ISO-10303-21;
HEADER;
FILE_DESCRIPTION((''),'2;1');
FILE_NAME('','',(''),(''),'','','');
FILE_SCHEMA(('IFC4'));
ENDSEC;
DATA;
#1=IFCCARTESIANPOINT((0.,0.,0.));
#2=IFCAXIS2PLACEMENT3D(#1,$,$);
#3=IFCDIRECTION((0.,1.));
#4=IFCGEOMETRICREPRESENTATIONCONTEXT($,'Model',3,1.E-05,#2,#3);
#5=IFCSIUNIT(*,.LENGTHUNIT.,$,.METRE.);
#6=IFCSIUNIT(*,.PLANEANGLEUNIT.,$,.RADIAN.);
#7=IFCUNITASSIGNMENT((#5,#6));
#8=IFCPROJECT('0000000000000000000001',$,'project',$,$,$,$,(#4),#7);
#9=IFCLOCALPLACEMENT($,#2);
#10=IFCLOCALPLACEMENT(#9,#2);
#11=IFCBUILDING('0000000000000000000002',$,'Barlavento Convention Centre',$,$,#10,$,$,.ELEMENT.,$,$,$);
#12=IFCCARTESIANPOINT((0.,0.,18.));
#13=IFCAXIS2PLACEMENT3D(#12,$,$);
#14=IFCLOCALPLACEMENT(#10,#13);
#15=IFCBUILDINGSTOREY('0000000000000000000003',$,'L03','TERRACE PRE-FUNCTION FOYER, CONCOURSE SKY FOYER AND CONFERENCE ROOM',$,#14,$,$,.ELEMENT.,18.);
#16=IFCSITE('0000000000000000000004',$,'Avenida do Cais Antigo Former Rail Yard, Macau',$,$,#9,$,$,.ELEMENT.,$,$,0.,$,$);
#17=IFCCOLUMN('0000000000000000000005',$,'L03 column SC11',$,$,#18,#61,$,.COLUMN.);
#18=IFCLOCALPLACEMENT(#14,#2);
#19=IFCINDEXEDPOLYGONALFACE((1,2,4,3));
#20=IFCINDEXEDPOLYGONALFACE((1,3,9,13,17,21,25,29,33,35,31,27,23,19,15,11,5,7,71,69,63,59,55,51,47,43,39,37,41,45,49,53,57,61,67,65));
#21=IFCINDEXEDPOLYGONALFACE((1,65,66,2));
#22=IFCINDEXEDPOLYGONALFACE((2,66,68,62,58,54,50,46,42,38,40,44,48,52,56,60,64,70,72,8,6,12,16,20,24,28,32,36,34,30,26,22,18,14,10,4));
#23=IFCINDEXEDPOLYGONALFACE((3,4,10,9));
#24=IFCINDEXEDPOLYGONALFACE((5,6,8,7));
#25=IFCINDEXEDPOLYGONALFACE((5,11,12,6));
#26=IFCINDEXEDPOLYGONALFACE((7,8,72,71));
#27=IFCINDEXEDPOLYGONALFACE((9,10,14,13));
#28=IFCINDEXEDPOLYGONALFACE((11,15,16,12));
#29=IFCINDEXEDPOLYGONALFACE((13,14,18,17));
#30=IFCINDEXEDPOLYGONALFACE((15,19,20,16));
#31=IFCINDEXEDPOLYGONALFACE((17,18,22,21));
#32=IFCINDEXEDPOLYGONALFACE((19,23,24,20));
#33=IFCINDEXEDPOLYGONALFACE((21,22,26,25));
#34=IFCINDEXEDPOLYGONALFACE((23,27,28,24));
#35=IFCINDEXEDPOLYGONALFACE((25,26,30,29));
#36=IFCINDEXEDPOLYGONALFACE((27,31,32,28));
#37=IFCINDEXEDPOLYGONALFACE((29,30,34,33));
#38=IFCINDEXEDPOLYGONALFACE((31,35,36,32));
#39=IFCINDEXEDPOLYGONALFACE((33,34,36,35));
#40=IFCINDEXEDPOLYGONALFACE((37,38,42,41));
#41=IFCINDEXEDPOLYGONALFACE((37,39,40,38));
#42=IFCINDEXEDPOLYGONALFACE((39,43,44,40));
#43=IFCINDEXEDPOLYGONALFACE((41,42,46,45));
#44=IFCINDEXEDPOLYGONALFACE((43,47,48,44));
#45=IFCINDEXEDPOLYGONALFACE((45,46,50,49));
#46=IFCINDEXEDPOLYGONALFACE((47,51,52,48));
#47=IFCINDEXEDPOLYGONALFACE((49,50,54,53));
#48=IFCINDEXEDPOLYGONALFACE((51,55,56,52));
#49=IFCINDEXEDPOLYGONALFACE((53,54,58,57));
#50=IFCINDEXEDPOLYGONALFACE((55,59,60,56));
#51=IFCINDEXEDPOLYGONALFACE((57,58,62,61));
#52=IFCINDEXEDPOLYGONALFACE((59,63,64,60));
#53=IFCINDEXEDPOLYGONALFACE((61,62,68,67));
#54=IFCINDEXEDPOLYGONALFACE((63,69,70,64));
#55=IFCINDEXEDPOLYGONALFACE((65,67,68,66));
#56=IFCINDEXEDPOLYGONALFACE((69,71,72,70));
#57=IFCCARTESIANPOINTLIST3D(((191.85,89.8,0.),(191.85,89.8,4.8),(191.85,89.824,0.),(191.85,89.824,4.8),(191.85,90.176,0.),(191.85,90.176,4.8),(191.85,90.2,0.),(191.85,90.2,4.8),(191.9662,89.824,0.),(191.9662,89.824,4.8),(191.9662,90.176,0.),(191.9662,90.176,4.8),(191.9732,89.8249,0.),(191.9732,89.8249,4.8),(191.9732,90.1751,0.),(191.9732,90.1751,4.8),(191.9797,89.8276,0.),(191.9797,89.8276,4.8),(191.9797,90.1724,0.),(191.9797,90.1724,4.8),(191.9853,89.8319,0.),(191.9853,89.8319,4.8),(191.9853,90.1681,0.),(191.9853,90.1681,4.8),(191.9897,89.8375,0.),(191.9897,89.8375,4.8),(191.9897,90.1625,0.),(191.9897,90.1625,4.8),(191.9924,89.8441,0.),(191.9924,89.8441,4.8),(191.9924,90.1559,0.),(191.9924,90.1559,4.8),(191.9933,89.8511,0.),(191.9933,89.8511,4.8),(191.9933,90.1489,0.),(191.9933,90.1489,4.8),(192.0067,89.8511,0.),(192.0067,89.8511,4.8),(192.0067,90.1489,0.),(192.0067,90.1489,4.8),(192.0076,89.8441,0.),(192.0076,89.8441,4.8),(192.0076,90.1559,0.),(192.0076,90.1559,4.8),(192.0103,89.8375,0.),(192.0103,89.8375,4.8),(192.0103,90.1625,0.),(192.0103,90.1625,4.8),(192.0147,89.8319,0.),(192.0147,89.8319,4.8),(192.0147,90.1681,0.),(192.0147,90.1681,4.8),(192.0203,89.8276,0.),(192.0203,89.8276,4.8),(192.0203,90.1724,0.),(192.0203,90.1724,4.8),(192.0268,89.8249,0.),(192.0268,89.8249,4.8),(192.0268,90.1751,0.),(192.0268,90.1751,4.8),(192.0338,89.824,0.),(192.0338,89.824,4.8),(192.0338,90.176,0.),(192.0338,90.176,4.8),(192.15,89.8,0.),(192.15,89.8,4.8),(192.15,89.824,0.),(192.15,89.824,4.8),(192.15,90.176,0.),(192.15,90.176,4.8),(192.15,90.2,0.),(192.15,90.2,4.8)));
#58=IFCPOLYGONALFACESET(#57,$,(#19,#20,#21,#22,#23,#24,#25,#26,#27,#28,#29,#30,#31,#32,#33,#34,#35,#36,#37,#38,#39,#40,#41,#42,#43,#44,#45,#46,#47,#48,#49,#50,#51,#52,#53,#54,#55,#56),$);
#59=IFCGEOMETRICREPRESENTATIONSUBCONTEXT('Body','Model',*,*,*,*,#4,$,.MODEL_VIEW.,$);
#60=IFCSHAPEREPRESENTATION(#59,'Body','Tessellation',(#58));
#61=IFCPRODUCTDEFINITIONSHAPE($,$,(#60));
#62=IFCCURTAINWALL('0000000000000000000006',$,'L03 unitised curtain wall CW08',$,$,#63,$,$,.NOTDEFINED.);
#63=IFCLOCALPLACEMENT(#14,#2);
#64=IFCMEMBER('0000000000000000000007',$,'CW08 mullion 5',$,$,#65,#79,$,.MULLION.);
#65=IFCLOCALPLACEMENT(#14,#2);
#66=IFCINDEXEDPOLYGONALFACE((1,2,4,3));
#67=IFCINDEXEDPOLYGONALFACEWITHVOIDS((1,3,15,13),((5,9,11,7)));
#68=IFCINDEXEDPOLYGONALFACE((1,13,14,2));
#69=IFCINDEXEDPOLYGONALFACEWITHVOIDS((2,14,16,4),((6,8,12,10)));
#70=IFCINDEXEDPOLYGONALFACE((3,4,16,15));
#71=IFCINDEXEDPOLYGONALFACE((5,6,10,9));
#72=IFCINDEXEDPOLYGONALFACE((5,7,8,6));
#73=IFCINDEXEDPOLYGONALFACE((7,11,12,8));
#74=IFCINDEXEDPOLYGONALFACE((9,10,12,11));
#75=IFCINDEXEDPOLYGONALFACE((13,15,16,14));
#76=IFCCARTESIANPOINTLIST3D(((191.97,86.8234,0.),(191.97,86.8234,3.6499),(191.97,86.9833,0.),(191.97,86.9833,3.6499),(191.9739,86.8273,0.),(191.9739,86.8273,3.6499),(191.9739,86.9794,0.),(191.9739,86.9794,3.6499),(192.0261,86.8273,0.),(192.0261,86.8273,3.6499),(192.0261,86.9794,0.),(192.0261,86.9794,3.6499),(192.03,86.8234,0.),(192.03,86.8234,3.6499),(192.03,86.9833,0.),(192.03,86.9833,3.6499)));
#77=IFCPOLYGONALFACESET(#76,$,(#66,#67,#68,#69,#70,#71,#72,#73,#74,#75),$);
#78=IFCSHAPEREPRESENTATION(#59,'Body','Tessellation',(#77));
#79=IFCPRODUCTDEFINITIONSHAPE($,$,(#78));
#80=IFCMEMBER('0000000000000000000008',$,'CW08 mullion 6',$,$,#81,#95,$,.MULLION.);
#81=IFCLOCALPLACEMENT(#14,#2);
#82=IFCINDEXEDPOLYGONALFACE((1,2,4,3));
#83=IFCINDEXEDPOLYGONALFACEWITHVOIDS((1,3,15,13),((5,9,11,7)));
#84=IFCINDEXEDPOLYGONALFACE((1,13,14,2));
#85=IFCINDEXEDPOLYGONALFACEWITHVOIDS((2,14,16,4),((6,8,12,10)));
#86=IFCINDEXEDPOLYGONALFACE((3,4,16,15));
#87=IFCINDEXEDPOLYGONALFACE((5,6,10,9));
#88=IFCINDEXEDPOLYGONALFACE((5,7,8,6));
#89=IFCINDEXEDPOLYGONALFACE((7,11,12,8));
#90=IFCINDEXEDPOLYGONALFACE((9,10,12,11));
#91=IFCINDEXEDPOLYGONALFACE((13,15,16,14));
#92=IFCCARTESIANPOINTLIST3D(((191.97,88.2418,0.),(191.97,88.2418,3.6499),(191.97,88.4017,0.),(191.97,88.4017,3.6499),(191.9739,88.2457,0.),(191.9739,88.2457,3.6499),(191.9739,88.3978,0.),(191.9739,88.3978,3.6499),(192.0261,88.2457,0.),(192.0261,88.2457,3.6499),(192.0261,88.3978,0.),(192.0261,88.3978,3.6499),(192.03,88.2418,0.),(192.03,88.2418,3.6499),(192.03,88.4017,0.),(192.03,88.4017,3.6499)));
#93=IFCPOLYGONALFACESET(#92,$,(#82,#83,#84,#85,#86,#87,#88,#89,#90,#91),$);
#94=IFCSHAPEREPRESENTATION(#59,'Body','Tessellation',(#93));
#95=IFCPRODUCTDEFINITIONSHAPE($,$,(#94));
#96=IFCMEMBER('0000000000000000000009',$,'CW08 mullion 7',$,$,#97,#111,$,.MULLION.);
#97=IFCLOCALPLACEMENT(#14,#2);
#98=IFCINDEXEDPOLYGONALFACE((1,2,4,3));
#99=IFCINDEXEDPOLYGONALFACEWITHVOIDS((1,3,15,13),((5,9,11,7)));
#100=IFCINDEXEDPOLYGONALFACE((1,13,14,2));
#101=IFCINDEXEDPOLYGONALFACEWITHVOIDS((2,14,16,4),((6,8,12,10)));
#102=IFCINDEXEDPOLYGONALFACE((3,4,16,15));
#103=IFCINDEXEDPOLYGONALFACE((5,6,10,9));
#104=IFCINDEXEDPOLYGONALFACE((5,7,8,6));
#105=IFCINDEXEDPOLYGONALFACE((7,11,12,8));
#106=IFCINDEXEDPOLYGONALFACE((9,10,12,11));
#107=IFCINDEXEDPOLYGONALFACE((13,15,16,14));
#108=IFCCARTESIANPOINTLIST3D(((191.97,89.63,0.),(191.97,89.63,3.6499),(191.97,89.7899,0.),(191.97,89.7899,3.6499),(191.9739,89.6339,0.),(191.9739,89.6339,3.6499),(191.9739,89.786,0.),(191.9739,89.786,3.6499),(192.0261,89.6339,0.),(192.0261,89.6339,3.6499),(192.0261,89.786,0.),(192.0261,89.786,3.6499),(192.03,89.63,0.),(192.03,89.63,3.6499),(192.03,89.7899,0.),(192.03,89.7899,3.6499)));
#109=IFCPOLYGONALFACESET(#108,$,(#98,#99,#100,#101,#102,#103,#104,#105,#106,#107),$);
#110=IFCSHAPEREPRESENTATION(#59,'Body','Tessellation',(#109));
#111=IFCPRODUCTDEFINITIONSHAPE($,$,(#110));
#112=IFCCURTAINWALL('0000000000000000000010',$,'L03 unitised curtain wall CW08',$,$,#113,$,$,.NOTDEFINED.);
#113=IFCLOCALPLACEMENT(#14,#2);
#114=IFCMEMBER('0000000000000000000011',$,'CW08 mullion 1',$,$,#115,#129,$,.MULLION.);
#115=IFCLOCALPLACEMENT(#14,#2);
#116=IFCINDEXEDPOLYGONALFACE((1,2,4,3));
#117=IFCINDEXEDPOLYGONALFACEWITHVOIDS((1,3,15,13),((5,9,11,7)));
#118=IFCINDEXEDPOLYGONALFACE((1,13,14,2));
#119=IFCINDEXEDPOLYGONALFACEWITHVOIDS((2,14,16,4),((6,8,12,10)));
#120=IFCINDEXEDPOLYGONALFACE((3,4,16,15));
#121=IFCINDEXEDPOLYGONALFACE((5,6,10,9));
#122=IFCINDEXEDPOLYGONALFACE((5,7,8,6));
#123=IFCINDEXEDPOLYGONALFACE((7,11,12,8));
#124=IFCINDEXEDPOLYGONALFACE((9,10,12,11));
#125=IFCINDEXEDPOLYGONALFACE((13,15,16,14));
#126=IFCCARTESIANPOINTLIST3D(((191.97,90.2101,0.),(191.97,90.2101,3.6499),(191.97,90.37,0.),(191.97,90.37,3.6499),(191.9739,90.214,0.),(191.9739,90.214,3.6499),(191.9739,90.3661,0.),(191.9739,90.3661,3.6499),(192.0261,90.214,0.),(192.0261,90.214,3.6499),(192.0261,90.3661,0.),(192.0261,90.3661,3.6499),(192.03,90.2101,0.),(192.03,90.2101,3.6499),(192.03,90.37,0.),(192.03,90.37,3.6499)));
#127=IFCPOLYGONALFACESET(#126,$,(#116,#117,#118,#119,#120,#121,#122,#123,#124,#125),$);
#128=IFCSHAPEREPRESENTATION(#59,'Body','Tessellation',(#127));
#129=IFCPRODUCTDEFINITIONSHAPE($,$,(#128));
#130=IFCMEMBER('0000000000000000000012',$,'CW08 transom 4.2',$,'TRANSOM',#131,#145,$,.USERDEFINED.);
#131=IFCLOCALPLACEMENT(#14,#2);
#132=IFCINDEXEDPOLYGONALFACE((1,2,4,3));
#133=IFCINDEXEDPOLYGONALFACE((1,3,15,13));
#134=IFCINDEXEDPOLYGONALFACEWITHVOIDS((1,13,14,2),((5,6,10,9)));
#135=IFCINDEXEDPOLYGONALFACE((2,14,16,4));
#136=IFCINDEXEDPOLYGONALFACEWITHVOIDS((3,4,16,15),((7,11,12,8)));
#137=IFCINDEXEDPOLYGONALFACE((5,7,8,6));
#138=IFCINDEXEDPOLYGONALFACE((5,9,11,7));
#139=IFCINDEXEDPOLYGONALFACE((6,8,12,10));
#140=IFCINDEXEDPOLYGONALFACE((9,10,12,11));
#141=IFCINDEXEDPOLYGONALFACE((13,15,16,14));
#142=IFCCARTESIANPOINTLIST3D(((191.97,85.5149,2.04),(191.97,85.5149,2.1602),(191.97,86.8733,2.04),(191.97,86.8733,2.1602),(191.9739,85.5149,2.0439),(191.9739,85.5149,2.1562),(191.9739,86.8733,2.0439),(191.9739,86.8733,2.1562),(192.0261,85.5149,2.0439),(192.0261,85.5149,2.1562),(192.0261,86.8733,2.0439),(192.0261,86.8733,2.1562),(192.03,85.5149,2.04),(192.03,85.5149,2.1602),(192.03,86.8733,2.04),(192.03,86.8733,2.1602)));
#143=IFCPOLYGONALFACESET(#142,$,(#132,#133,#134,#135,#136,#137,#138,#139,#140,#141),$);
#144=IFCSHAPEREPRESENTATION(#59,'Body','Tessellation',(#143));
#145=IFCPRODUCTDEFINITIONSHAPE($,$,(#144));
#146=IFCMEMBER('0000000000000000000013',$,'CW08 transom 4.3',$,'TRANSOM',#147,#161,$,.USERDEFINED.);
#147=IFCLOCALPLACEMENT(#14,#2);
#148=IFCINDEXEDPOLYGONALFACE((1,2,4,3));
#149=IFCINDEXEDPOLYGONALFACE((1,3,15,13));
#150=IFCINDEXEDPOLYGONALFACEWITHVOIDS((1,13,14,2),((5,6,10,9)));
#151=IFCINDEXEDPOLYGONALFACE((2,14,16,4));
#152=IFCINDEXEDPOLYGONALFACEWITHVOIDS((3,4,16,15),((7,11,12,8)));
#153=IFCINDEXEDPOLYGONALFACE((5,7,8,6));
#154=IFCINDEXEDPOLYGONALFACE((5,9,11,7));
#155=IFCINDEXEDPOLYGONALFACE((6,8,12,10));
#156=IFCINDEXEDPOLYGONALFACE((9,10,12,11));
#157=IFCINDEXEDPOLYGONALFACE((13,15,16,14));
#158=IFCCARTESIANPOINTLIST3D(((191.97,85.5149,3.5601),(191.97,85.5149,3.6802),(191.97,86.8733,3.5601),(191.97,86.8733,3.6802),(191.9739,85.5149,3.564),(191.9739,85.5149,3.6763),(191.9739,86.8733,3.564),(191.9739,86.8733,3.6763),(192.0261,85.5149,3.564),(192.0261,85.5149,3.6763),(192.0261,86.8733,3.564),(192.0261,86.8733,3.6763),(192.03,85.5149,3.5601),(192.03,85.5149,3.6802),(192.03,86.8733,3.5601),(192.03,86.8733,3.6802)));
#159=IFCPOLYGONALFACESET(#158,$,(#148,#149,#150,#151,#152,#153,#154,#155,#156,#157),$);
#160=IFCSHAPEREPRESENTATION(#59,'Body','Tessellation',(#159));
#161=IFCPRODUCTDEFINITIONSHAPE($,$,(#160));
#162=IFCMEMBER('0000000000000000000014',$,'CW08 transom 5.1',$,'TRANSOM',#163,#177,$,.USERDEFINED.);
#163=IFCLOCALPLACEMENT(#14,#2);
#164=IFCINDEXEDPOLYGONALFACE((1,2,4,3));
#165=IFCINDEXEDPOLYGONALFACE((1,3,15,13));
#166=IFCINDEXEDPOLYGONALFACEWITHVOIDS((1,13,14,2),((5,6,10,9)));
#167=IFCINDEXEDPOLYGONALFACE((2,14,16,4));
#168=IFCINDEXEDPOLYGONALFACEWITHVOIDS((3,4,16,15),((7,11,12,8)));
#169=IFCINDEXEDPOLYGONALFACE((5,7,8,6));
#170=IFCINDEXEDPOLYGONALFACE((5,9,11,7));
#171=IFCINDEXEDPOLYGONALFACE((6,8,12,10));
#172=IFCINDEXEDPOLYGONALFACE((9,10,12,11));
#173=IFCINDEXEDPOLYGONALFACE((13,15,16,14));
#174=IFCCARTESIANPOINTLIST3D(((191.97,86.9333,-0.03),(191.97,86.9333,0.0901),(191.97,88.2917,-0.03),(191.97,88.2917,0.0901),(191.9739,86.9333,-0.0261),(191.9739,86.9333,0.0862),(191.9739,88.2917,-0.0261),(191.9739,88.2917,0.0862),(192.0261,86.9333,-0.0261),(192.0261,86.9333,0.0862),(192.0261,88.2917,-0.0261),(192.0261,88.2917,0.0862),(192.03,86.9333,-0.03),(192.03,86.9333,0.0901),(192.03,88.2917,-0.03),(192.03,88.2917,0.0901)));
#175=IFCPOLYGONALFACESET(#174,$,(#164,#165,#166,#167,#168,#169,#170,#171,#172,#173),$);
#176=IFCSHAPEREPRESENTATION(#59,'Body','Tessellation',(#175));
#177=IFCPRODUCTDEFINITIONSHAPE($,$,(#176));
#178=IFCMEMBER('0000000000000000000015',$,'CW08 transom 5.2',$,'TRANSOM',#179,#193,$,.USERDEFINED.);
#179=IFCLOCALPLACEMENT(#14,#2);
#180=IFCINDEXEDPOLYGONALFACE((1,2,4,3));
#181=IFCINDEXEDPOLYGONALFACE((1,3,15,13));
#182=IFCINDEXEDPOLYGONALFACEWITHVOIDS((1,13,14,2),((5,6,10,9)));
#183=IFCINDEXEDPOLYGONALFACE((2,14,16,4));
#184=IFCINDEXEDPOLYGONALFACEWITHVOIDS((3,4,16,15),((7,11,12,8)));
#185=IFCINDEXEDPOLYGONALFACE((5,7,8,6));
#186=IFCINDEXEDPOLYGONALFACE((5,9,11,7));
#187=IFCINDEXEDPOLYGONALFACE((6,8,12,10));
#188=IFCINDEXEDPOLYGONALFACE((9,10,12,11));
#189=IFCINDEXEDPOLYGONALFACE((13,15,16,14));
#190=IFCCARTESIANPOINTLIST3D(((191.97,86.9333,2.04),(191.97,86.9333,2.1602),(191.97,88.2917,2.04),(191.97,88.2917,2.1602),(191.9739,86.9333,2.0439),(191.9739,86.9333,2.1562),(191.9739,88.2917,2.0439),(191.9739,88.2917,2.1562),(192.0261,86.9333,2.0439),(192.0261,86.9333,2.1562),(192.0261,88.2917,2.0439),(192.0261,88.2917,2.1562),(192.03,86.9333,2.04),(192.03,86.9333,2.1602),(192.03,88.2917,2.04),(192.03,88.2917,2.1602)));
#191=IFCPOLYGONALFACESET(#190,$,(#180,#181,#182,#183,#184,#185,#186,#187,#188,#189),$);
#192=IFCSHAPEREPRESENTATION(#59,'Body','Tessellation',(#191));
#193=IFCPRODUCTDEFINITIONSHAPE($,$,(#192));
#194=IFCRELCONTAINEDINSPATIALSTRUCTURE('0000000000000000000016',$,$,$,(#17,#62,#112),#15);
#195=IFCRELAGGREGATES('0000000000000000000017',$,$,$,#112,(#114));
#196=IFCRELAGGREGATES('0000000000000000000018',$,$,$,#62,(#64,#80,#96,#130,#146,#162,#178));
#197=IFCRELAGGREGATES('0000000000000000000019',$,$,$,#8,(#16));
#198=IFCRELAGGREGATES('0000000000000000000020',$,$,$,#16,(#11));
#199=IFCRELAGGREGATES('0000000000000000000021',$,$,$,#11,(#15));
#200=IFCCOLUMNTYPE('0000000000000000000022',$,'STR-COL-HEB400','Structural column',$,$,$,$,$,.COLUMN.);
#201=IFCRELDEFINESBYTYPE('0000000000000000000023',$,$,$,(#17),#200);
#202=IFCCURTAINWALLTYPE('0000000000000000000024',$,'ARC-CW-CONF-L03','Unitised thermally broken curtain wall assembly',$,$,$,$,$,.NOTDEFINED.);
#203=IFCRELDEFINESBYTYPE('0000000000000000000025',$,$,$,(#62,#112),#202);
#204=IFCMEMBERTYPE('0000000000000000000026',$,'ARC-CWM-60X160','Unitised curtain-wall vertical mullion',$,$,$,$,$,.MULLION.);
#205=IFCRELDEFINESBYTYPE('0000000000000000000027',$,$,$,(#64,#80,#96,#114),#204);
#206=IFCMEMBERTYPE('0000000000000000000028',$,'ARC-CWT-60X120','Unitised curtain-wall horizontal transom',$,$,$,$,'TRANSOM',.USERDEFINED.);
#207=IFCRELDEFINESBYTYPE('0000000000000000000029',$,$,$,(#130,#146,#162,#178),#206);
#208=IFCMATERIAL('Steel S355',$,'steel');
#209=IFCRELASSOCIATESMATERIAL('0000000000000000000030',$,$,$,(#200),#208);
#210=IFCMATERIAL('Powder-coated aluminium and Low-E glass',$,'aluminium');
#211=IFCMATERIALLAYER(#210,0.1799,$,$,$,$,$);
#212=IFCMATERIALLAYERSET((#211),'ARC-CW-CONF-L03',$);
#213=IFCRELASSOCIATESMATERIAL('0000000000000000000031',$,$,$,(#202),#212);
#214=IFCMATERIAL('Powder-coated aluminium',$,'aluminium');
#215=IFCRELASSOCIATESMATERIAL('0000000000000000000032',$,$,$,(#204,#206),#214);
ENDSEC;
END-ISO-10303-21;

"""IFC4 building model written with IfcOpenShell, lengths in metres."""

from ifc_helpers import new_model, si_unit, direction, frame, origin, origin_2d, place, context, subcontext, project, spatial, hollow_rectangle, i_section, extrude, material, layer, layer_set, material_profile, profile_set, type_object, element, aggregate, save


model = new_model("IFC4")

# Units and contexts
model_context = context("Model", 3, precision=1e-05, world=origin(), true_north=direction((0.0, 1.0)))
body_context = subcontext(model_context, "Body", "Model", "MODEL_VIEW")
ifc_project = project(units=[si_unit("LENGTHUNIT", "METRE"), si_unit("PLANEANGLEUNIT", "RADIAN")], contexts=[model_context])

# Site, building, storey
site_placement = place(None, origin())
site = spatial("IfcSite", under=ifc_project, at=site_placement, Name="Avenida do Cais Antigo Former Rail Yard, Macau", CompositionType="ELEMENT", RefElevation=0.0)
building_placement = place(site_placement, origin())
building = spatial("IfcBuilding", under=site, at=building_placement, Name="Barlavento Convention Centre", CompositionType="ELEMENT")
storey_placement = place(building_placement, frame((0.0, 0.0, 18.0)))
storey = spatial("IfcBuildingStorey", under=building, at=storey_placement, Name="L03", Description="TERRACE PRE-FUNCTION FOYER, CONCOURSE SKY FOYER AND CONFERENCE ROOM", CompositionType="ELEMENT", Elevation=18.0)

# Column
ifc_material_1 = material(Name="Steel S355", Category="steel")
ifc_material_profile_1 = material_profile(ifc_material_1, i_section(OverallWidth=0.3, OverallDepth=0.3999, WebThickness=0.0134, FlangeThickness=0.0239, FilletRadius=0.0271, at=origin_2d()), Name="HEB 400")
ifc_profile_set_1 = profile_set([ifc_material_profile_1], Name="Steel S355")
column_type = type_object("IfcColumnType", Name="STR-COL-HEB400", Description="Structural column", PredefinedType="COLUMN", material=ifc_profile_set_1)
column_placement = place(storey_placement, frame((192.0, 90.0, 0.0), z_axis=(0.0, 0.0, 1.0), x_axis=(1.0, 0.0, 0.0)))
element("IfcColumn", 1, at=column_placement, inside=storey, type_object=column_type, Name="L03 column SC11", PredefinedType="COLUMN", context=body_context, shape_type="SweptSolid", body=[
    extrude(i_section(OverallWidth=0.3, OverallDepth=0.3999, WebThickness=0.0134, FlangeThickness=0.0239, FilletRadius=0.0271, at=origin_2d()), origin(), (0.0, 0.0, 1.0), 4.8),
])

# Curtain wall, members
ifc_material_2 = material(Name="Powder-coated aluminium and Low-E glass", Category="aluminium")
ifc_layer_1 = layer(ifc_material_2, 0.1799)
ifc_layer_set_1 = layer_set([ifc_layer_1], Name="ARC-CW-CONF-L03")
curtain_wall_type = type_object("IfcCurtainWallType", Name="ARC-CW-CONF-L03", Description="Unitised thermally broken curtain wall assembly", PredefinedType="NOTDEFINED", material=ifc_layer_set_1)
curtain_wall_1_placement = place(storey_placement, origin())
curtain_wall_1 = element("IfcCurtainWall", 2, at=curtain_wall_1_placement, inside=storey, type_object=curtain_wall_type, Name="L03 unitised curtain wall CW08", PredefinedType="NOTDEFINED")
ifc_material_3 = material(Name="Powder-coated aluminium", Category="aluminium")
ifc_material_profile_2 = material_profile(ifc_material_3, hollow_rectangle(XDim=0.0601, YDim=0.1599, WallThickness=0.0039, at=origin_2d()), Name="AL-MULL 60x160x4")
ifc_profile_set_2 = profile_set([ifc_material_profile_2], Name="Powder-coated aluminium")
member_type_1 = type_object("IfcMemberType", Name="ARC-CWM-60X160", Description="Unitised curtain-wall vertical mullion", PredefinedType="MULLION", material=ifc_profile_set_2)
member_1_placement = place(storey_placement, frame((192.0, 86.9033, 0.0), z_axis=(0.0, 0.0, 1.0), x_axis=(-1.0, 0.0, 0.0)))
member_1 = element("IfcMember", 3, at=member_1_placement, type_object=member_type_1, Name="CW08 mullion 5", PredefinedType="MULLION", context=body_context, shape_type="SweptSolid", body=[
    extrude(hollow_rectangle(XDim=0.0601, YDim=0.1599, WallThickness=0.0039, at=origin_2d()), origin(), (0.0, 0.0, 1.0), 3.6499),
])
member_2_placement = place(storey_placement, frame((192.0, 88.3218, 0.0), z_axis=(0.0, 0.0, 1.0), x_axis=(-1.0, 0.0, 0.0)))
member_2 = element("IfcMember", 4, at=member_2_placement, type_object=member_type_1, Name="CW08 mullion 6", PredefinedType="MULLION", context=body_context, shape_type="SweptSolid", body=[
    extrude(hollow_rectangle(XDim=0.0601, YDim=0.1599, WallThickness=0.0039, at=origin_2d()), origin(), (0.0, 0.0, 1.0), 3.6499),
])
member_3_placement = place(storey_placement, frame((192.0, 89.71, 0.0), z_axis=(0.0, 0.0, 1.0), x_axis=(-1.0, 0.0, 0.0)))
member_3 = element("IfcMember", 5, at=member_3_placement, type_object=member_type_1, Name="CW08 mullion 7", PredefinedType="MULLION", context=body_context, shape_type="SweptSolid", body=[
    extrude(hollow_rectangle(XDim=0.0601, YDim=0.1599, WallThickness=0.0039, at=origin_2d()), origin(), (0.0, 0.0, 1.0), 3.6499),
])

# Curtain wall, member
curtain_wall_2_placement = place(storey_placement, origin())
curtain_wall_2 = element("IfcCurtainWall", 6, at=curtain_wall_2_placement, inside=storey, type_object=curtain_wall_type, Name="L03 unitised curtain wall CW08", PredefinedType="NOTDEFINED")
member_4_placement = place(storey_placement, frame((192.0, 90.29, 0.0), z_axis=(0.0, 0.0, 1.0), x_axis=(-1.0, 0.0, 0.0)))
member_4 = element("IfcMember", 7, at=member_4_placement, type_object=member_type_1, Name="CW08 mullion 1", PredefinedType="MULLION", context=body_context, shape_type="SweptSolid", body=[
    extrude(hollow_rectangle(XDim=0.0601, YDim=0.1599, WallThickness=0.0039, at=origin_2d()), origin(), (0.0, 0.0, 1.0), 3.6499),
])

# Members
ifc_material_profile_3 = material_profile(ifc_material_3, hollow_rectangle(XDim=0.0601, YDim=0.1201, WallThickness=0.0039, at=origin_2d()), Name="AL-TRAN 60x120x4")
ifc_profile_set_3 = profile_set([ifc_material_profile_3], Name="Powder-coated aluminium")
member_type_2 = type_object("IfcMemberType", Name="ARC-CWT-60X120", Description="Unitised curtain-wall horizontal transom", ElementType="TRANSOM", PredefinedType="USERDEFINED", material=ifc_profile_set_3)
member_5_placement = place(storey_placement, frame((192.0, 85.5149, 2.1001), z_axis=(0.0, 1.0, 0.0), x_axis=(-1.0, 0.0, 0.0)))
member_5 = element("IfcMember", 8, at=member_5_placement, type_object=member_type_2, Name="CW08 transom 4.2", ObjectType="TRANSOM", PredefinedType="USERDEFINED", context=body_context, shape_type="SweptSolid", body=[
    extrude(hollow_rectangle(XDim=0.0601, YDim=0.1201, WallThickness=0.0039, at=origin_2d()), origin(), (0.0, 0.0, 1.0), 1.3584),
])
member_6_placement = place(storey_placement, frame((192.0, 85.5149, 3.6201), z_axis=(0.0, 1.0, 0.0), x_axis=(-1.0, 0.0, 0.0)))
member_6 = element("IfcMember", 9, at=member_6_placement, type_object=member_type_2, Name="CW08 transom 4.3", ObjectType="TRANSOM", PredefinedType="USERDEFINED", context=body_context, shape_type="SweptSolid", body=[
    extrude(hollow_rectangle(XDim=0.0601, YDim=0.1201, WallThickness=0.0039, at=origin_2d()), origin(), (0.0, 0.0, 1.0), 1.3584),
])
member_7_placement = place(storey_placement, frame((192.0, 86.9333, 0.03), z_axis=(0.0, 1.0, 0.0), x_axis=(-1.0, 0.0, 0.0)))
member_7 = element("IfcMember", 10, at=member_7_placement, type_object=member_type_2, Name="CW08 transom 5.1", ObjectType="TRANSOM", PredefinedType="USERDEFINED", context=body_context, shape_type="SweptSolid", body=[
    extrude(hollow_rectangle(XDim=0.0601, YDim=0.1201, WallThickness=0.0039, at=origin_2d()), origin(), (0.0, 0.0, 1.0), 1.3584),
])
member_8_placement = place(storey_placement, frame((192.0, 86.9333, 2.1001), z_axis=(0.0, 1.0, 0.0), x_axis=(-1.0, 0.0, 0.0)))
member_8 = element("IfcMember", 11, at=member_8_placement, type_object=member_type_2, Name="CW08 transom 5.2", ObjectType="TRANSOM", PredefinedType="USERDEFINED", context=body_context, shape_type="SweptSolid", body=[
    extrude(hollow_rectangle(XDim=0.0601, YDim=0.1201, WallThickness=0.0039, at=origin_2d()), origin(), (0.0, 0.0, 1.0), 1.3584),
])
aggregate(curtain_wall_2, [member_4])

aggregate(curtain_wall_1, [member_1, member_2, member_3, member_5, member_6, member_7, member_8])

save(model, "model.ifc")
